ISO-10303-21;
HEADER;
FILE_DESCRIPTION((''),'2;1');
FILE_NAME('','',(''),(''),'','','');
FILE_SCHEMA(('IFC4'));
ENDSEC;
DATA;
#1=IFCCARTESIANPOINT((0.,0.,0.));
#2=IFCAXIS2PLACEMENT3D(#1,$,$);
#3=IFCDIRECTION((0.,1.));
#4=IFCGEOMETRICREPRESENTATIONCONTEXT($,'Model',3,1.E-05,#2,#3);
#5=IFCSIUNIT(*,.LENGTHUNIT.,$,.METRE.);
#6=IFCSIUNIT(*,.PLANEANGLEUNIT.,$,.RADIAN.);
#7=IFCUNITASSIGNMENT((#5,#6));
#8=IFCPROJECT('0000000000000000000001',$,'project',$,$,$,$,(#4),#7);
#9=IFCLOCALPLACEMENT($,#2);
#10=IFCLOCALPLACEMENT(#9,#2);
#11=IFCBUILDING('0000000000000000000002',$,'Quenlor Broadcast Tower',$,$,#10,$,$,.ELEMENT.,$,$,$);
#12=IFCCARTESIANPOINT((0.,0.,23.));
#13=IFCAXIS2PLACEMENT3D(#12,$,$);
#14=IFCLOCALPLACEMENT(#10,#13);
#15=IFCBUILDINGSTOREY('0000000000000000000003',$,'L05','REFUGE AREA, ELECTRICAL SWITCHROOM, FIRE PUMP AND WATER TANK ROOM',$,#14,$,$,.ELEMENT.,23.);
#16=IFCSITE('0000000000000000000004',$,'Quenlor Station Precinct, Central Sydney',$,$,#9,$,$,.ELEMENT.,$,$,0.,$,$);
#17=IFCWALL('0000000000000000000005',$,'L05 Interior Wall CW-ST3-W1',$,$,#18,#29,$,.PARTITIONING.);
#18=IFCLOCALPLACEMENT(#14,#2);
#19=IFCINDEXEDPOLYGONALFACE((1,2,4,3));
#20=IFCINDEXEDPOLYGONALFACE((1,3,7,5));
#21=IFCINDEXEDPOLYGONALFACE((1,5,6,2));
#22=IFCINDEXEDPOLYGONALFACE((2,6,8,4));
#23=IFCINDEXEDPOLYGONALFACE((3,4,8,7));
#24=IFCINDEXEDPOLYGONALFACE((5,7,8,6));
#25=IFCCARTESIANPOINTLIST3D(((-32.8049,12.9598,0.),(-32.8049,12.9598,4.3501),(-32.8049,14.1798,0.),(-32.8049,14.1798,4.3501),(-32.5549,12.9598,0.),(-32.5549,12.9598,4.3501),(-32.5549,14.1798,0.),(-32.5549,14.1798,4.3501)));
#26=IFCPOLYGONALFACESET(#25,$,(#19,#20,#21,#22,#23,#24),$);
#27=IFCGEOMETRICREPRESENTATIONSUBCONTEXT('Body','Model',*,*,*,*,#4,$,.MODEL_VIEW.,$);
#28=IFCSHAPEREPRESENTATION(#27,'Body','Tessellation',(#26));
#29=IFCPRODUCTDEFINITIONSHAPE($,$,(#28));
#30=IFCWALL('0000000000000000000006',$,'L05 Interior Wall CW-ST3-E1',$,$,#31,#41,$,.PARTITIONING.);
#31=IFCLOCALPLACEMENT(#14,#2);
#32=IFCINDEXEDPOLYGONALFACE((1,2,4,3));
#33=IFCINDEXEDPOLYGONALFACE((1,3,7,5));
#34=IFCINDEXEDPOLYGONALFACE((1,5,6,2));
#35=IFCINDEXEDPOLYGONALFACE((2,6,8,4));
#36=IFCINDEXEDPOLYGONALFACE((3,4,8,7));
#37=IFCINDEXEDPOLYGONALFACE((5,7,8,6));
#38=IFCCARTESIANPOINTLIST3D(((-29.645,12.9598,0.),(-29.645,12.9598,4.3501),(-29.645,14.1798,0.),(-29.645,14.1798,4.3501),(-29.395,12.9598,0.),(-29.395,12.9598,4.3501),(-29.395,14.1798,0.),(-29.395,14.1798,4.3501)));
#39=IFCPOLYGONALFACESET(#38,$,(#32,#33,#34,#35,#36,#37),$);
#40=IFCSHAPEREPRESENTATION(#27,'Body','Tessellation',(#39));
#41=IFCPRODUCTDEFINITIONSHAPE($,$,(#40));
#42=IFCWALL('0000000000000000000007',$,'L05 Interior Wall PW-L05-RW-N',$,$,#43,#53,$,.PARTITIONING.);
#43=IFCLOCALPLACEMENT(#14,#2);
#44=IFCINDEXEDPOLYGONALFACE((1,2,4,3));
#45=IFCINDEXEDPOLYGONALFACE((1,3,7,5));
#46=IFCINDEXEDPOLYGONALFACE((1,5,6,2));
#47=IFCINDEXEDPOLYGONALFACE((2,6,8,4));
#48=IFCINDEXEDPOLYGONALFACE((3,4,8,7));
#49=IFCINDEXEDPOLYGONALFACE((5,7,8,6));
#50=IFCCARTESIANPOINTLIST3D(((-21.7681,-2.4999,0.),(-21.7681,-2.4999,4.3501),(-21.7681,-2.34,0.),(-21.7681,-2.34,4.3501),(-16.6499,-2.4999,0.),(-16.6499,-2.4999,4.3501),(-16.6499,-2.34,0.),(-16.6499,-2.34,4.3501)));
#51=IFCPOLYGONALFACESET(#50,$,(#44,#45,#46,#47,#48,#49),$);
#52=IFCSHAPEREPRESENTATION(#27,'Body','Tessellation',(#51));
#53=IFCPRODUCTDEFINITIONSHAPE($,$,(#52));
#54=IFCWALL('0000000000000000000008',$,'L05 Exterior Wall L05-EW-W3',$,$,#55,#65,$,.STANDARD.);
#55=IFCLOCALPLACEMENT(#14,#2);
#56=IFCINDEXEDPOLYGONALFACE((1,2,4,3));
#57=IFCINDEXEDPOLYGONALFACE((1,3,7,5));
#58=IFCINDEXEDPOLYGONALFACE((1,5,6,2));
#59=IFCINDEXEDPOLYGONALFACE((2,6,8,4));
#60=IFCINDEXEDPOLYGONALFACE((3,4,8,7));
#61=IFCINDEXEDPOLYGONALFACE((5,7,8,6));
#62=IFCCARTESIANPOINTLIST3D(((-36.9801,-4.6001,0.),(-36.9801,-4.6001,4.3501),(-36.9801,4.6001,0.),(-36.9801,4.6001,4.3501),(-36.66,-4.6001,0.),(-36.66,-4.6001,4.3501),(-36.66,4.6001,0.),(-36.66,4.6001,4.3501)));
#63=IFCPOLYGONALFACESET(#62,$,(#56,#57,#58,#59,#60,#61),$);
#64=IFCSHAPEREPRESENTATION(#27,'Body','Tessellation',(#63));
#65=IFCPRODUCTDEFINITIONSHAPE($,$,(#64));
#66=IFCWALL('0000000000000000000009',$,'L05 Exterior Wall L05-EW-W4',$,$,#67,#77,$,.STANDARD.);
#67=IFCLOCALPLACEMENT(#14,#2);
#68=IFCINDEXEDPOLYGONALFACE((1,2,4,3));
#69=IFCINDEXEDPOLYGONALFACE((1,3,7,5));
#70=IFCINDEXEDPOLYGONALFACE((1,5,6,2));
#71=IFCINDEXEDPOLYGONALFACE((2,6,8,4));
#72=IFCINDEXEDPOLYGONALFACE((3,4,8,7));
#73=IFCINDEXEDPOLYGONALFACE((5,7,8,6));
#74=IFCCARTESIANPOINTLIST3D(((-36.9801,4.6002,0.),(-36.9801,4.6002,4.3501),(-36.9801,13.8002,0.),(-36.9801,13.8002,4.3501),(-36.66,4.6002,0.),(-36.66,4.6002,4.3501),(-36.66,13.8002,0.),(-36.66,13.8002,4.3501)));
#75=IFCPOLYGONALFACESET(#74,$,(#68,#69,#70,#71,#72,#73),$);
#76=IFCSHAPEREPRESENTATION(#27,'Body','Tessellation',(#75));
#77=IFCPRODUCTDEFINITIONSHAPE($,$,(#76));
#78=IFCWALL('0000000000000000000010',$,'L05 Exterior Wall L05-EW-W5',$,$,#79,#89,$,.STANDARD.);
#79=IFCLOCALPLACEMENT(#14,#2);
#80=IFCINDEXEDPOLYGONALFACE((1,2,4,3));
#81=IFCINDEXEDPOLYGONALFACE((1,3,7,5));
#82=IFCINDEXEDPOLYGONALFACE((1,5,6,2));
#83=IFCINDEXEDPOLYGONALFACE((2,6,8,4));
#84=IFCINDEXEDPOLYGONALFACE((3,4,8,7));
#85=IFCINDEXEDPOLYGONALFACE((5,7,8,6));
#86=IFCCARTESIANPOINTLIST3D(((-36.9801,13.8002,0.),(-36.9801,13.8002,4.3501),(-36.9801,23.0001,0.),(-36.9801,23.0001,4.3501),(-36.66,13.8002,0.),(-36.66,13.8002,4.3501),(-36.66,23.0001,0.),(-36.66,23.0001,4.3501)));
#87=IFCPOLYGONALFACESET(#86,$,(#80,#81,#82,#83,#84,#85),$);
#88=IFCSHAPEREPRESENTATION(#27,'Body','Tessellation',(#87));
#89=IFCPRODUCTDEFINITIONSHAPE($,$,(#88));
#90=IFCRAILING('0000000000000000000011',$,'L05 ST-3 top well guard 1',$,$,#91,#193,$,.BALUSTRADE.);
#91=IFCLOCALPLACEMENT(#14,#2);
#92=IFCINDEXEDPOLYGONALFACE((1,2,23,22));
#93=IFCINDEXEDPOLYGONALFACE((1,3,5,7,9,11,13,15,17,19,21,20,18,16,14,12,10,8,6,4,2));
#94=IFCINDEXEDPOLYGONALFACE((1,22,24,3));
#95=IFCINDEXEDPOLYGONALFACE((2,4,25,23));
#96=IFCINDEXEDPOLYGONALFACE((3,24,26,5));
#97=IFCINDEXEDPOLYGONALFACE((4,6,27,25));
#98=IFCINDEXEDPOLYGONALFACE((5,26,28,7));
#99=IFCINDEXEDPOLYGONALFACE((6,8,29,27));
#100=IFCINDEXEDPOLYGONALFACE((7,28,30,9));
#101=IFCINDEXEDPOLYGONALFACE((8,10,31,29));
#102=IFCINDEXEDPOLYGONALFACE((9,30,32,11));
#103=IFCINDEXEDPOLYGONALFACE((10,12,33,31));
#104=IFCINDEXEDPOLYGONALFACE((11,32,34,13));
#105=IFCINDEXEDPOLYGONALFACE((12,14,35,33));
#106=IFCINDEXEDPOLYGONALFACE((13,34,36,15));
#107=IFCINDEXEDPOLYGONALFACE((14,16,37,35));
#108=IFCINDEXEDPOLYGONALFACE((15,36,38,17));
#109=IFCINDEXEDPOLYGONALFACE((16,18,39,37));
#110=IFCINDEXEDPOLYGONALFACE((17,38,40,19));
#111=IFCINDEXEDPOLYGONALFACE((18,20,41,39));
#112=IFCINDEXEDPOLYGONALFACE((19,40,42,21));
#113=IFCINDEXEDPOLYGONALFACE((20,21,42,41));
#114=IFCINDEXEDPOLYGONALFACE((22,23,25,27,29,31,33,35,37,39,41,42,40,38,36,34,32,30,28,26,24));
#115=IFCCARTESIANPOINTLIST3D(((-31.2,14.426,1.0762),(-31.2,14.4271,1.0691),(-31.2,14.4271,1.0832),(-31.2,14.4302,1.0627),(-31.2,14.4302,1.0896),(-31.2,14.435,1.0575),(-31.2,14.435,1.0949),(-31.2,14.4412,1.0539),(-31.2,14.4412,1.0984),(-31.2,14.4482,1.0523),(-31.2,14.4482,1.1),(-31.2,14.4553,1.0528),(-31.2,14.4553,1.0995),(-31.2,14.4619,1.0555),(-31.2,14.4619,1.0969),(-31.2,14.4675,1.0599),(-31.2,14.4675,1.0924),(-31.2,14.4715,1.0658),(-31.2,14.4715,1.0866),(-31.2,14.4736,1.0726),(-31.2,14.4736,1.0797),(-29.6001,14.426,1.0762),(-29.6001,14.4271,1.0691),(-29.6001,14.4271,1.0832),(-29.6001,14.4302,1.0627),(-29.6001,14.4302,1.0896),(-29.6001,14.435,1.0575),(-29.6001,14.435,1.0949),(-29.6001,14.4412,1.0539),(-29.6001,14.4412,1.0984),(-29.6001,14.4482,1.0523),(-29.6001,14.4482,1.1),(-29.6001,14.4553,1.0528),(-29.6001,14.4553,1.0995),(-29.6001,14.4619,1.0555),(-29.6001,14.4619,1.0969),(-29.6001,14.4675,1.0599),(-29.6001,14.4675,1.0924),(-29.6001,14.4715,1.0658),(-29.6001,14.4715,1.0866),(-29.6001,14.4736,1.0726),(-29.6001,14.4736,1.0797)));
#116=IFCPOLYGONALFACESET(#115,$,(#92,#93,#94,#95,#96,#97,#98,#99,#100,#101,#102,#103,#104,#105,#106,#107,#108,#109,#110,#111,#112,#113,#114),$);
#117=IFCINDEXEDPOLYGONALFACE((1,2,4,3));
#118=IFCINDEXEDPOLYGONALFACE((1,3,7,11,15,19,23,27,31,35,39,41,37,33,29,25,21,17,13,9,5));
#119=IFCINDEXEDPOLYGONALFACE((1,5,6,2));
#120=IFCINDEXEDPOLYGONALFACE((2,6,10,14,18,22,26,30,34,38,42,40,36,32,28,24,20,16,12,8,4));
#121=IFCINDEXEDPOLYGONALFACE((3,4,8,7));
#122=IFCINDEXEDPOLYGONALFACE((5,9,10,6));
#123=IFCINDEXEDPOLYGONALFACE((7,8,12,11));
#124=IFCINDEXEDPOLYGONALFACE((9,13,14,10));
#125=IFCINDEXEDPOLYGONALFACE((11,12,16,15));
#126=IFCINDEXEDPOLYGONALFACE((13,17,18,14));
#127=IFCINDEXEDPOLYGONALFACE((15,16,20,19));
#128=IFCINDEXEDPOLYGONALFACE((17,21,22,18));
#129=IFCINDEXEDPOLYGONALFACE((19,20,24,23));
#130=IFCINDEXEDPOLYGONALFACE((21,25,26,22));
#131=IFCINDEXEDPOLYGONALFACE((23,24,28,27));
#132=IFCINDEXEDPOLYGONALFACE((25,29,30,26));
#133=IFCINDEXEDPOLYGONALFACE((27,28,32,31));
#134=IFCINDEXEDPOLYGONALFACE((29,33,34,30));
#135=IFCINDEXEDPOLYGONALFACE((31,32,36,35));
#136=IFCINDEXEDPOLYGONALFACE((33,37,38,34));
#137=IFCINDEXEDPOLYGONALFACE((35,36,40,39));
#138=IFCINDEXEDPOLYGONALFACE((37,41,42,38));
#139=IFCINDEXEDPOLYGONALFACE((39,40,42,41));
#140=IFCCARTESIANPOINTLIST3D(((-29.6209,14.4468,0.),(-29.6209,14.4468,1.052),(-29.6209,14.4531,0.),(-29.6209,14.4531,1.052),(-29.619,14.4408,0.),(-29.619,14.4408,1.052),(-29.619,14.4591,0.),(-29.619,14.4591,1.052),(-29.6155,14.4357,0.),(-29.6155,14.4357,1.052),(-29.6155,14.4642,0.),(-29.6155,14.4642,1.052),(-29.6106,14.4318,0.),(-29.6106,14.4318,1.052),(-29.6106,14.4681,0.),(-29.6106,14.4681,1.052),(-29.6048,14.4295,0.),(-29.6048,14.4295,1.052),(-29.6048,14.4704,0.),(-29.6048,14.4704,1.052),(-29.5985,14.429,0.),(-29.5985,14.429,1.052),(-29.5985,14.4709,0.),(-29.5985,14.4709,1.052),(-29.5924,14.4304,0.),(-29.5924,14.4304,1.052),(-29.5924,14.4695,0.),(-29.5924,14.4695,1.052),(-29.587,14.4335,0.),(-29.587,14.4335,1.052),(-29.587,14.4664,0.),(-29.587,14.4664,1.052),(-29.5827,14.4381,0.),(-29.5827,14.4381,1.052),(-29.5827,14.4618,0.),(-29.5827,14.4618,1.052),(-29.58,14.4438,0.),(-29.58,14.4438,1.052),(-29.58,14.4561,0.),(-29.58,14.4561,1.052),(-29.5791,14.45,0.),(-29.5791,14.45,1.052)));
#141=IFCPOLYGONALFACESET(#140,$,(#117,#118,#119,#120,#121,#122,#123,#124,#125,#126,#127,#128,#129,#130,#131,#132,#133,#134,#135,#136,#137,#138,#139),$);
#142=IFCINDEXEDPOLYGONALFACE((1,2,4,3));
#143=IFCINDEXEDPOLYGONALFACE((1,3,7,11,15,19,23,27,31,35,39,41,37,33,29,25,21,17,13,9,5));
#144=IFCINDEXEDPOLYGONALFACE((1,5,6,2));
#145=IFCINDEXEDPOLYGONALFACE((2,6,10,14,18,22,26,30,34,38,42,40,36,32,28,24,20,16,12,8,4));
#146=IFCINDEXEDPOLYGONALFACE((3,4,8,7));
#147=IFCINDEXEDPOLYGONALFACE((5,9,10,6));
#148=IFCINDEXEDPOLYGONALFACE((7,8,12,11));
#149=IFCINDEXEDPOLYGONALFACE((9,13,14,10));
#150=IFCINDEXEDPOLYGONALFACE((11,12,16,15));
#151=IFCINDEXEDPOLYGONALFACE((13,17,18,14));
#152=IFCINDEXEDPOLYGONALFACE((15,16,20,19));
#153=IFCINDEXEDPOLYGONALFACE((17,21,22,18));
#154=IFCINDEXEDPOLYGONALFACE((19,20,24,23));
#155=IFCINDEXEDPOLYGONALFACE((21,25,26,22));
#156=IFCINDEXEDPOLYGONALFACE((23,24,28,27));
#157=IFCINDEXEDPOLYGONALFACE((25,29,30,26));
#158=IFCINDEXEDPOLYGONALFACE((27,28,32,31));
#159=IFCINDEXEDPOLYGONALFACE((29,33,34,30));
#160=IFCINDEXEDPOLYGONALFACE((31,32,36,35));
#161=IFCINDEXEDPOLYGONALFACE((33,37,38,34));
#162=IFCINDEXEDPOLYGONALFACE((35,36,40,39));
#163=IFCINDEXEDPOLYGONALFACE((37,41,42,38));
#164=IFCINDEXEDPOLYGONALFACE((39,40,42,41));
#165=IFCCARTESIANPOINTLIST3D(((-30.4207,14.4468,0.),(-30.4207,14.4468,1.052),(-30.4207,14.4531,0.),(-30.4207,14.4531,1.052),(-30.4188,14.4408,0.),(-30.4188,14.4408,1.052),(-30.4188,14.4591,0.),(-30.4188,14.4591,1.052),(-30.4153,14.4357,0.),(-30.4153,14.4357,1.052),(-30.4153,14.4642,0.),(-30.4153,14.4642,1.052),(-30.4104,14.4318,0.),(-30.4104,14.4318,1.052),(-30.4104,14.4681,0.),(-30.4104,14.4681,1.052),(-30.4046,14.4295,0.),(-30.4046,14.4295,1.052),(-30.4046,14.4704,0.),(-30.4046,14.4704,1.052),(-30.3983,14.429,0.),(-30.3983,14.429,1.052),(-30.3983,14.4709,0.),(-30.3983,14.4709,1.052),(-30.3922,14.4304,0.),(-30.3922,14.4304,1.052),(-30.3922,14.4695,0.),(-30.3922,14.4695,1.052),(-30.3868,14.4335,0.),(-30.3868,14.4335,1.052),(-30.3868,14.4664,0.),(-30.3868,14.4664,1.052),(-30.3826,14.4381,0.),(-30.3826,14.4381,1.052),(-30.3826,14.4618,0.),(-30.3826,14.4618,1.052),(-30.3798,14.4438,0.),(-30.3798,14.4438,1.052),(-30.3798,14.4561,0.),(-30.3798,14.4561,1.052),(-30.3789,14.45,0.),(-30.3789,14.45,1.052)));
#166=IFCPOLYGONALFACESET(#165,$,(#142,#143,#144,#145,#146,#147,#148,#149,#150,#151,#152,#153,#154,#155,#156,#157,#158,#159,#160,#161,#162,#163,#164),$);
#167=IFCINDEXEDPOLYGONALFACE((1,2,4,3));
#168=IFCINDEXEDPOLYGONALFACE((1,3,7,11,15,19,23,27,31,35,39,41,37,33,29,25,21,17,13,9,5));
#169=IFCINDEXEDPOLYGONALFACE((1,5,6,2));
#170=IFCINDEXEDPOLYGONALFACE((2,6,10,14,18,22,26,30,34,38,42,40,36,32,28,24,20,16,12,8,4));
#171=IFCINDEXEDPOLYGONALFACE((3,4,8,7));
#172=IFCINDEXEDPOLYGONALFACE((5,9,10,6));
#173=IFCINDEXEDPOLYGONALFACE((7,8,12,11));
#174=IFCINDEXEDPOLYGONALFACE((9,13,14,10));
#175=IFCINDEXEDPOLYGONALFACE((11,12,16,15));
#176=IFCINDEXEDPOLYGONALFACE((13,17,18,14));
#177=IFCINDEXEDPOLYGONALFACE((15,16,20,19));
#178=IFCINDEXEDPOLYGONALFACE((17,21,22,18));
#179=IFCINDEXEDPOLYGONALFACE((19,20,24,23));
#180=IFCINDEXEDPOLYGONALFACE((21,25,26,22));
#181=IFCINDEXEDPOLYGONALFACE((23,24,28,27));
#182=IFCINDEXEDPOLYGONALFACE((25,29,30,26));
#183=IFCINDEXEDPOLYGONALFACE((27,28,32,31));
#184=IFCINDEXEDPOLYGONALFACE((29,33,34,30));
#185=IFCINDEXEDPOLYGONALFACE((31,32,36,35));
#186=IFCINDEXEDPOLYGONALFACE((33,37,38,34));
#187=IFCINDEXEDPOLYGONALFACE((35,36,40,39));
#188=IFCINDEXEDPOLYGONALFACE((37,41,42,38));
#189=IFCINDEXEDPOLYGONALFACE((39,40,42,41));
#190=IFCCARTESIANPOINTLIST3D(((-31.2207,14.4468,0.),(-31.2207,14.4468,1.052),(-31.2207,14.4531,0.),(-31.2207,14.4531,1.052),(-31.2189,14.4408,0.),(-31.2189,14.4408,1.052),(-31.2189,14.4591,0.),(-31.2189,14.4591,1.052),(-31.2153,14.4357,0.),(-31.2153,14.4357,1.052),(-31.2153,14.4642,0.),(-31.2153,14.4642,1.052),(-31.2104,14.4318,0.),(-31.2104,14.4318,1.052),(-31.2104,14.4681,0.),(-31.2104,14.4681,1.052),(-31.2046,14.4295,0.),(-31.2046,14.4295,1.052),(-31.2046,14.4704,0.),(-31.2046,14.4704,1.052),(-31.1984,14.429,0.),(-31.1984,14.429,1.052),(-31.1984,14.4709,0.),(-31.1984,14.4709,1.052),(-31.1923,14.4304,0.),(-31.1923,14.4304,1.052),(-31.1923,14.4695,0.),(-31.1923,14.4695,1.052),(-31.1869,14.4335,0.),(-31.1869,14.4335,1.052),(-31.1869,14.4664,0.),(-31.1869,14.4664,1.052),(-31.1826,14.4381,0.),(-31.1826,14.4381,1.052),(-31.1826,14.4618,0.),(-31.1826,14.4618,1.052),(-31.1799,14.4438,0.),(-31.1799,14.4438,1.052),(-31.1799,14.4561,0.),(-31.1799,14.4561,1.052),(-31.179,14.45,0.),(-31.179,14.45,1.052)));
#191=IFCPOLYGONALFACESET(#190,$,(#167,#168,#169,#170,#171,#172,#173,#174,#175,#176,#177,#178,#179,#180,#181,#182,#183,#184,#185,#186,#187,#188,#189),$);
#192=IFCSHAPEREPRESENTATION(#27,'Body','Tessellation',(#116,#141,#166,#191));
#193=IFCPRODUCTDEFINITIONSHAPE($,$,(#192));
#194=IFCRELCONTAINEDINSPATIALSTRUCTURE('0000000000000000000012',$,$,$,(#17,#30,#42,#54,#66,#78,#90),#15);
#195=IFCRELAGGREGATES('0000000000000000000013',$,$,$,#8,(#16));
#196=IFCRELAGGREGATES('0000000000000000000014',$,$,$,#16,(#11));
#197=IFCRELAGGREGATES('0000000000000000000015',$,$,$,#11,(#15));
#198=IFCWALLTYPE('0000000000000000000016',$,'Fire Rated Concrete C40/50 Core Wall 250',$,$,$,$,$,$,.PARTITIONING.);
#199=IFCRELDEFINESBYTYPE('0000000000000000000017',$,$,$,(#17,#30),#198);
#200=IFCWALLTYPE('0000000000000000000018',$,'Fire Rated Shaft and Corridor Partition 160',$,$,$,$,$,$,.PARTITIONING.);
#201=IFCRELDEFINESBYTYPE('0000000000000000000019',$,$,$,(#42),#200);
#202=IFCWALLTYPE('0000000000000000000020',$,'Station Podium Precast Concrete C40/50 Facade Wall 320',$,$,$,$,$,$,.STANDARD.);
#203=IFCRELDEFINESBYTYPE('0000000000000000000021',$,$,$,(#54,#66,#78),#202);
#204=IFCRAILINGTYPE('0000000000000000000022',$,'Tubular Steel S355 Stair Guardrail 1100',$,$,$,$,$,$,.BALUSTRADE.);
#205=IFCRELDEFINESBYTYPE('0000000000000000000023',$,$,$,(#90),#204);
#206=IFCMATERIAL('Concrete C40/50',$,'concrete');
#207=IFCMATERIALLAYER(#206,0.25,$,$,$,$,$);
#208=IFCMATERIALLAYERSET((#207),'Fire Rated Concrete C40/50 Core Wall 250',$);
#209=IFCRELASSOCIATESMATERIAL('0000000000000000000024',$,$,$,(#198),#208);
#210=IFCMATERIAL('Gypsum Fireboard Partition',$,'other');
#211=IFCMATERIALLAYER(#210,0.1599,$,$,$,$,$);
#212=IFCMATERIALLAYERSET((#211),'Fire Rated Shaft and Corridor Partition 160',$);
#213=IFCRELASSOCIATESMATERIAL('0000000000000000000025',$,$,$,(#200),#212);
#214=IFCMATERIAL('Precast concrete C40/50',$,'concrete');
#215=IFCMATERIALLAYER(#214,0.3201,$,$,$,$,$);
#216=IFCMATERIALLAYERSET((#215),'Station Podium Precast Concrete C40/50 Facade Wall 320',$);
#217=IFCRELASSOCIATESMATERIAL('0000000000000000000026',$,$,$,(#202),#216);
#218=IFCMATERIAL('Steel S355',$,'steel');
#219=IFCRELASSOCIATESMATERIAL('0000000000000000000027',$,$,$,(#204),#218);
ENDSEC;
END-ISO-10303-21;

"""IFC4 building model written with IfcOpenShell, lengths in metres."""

from ifc_helpers import new_model, si_unit, direction, frame, frame_2d, origin, origin_2d, place, context, subcontext, project, spatial, rectangle, circle, extrude, material, layer, layer_set, type_object, element, save


model = new_model("IFC4")

# Units and contexts
model_context = context("Model", 3, precision=1e-05, world=origin(), true_north=direction((0.0, 1.0)))
body_context = subcontext(model_context, "Body", "Model", "MODEL_VIEW")
ifc_project = project(units=[si_unit("LENGTHUNIT", "METRE"), si_unit("PLANEANGLEUNIT", "RADIAN")], contexts=[model_context])

# Site, building, storey
site_placement = place(None, origin())
site = spatial("IfcSite", under=ifc_project, at=site_placement, Name="Quenlor Station Precinct, Central Sydney", CompositionType="ELEMENT", RefElevation=0.0)
building_placement = place(site_placement, origin())
building = spatial("IfcBuilding", under=site, at=building_placement, Name="Quenlor Broadcast Tower", CompositionType="ELEMENT")
storey_placement = place(building_placement, frame((0.0, 0.0, 23.0)))
storey = spatial("IfcBuildingStorey", under=building, at=storey_placement, Name="L05", Description="REFUGE AREA, ELECTRICAL SWITCHROOM, FIRE PUMP AND WATER TANK ROOM", CompositionType="ELEMENT", Elevation=23.0)

# Shared definitions
ifc_material_1 = material(Name="Concrete C40/50", Category="concrete")
ifc_layer_1 = layer(ifc_material_1, 0.25)
ifc_layer_set_1 = layer_set([ifc_layer_1], Name="Fire Rated Concrete C40/50 Core Wall 250")
wall_type_1 = type_object("IfcWallType", Name="Fire Rated Concrete C40/50 Core Wall 250", PredefinedType="PARTITIONING", material=ifc_layer_set_1)

# Walls
for number, where, z_axis, x_axis, name in (
    (1, (-32.6799, 12.96, 0.0), (0.0, 0.0, 1.0), (0.0, 1.0, 0.0), "L05 Interior Wall CW-ST3-W1"),
    (2, (-29.52, 12.96, 0.0), (0.0, 0.0, 1.0), (0.0, 1.0, 0.0), "L05 Interior Wall CW-ST3-E1"),
):
    element("IfcWall", number, at=place(storey_placement, frame(where, z_axis=z_axis, x_axis=x_axis)), inside=storey, type_object=wall_type_1, Name=name, PredefinedType="PARTITIONING", context=body_context, shape_type="SweptSolid", body=[
        extrude(rectangle(XDim=1.22, YDim=0.25, at=frame_2d((0.6099, 0.0))), origin(), (0.0, 0.0, 1.0), 4.3501),
    ])
ifc_material_2 = material(Name="Gypsum Fireboard Partition", Category="other")
ifc_layer_2 = layer(ifc_material_2, 0.1599)
ifc_layer_set_2 = layer_set([ifc_layer_2], Name="Fire Rated Shaft and Corridor Partition 160")
wall_type_2 = type_object("IfcWallType", Name="Fire Rated Shaft and Corridor Partition 160", PredefinedType="PARTITIONING", material=ifc_layer_set_2)
wall_1_placement = place(storey_placement, frame((-21.7681, -2.4199, 0.0), z_axis=(0.0, 0.0, 1.0), x_axis=(1.0, 0.0, 0.0)))
element("IfcWall", 3, at=wall_1_placement, inside=storey, type_object=wall_type_2, Name="L05 Interior Wall PW-L05-RW-N", PredefinedType="PARTITIONING", context=body_context, shape_type="SweptSolid", body=[
    extrude(rectangle(XDim=5.1182, YDim=0.1599, at=frame_2d((2.5591, 0.0))), origin(), (0.0, 0.0, 1.0), 4.3501),
])
ifc_material_3 = material(Name="Precast concrete C40/50", Category="concrete")
ifc_layer_3 = layer(ifc_material_3, 0.3201)
ifc_layer_set_3 = layer_set([ifc_layer_3], Name="Station Podium Precast Concrete C40/50 Facade Wall 320")
wall_type_3 = type_object("IfcWallType", Name="Station Podium Precast Concrete C40/50 Facade Wall 320", PredefinedType="STANDARD", material=ifc_layer_set_3)
wall_2_placement = place(storey_placement, frame((-36.8201, -4.6001, 0.0), z_axis=(0.0, 0.0, 1.0), x_axis=(0.0, 1.0, 0.0)))
element("IfcWall", 4, at=wall_2_placement, inside=storey, type_object=wall_type_3, Name="L05 Exterior Wall L05-EW-W3", PredefinedType="STANDARD", context=body_context, shape_type="SweptSolid", body=[
    extrude(rectangle(XDim=9.2002, YDim=0.3201, at=frame_2d((4.6001, 0.0))), origin(), (0.0, 0.0, 1.0), 4.3501),
])
for number, where, z_axis, x_axis, name in (
    (5, (-36.8201, 4.6001, 0.0), (0.0, 0.0, 1.0), (0.0, 1.0, 0.0), "L05 Exterior Wall L05-EW-W4"),
    (6, (-36.8201, 13.8, 0.0), (0.0, 0.0, 1.0), (0.0, 1.0, 0.0), "L05 Exterior Wall L05-EW-W5"),
):
    element("IfcWall", number, at=place(storey_placement, frame(where, z_axis=z_axis, x_axis=x_axis)), inside=storey, type_object=wall_type_3, Name=name, PredefinedType="STANDARD", context=body_context, shape_type="SweptSolid", body=[
        extrude(rectangle(XDim=9.2, YDim=0.3201, at=frame_2d((4.6001, 0.0))), origin(), (0.0, 0.0, 1.0), 4.3501),
    ])

# Railing
ifc_material_4 = material(Name="Steel S355", Category="steel")
railing_type = type_object("IfcRailingType", Name="Tubular Steel S355 Stair Guardrail 1100", PredefinedType="BALUSTRADE", material=ifc_material_4)
railing_placement = place(storey_placement, frame((-29.6001, 14.45, 0.0)))
element("IfcRailing", 7, at=railing_placement, inside=storey, type_object=railing_type, Name="L05 ST-3 top well guard 1", PredefinedType="BALUSTRADE", context=body_context, shape_type="SweptSolid", body=[
    extrude(circle(Radius=0.0239, at=origin_2d()), frame((0.0, 0.0, 1.0762), z_axis=(-1.0, 0.0, 0.0), x_axis=(0.0, -1.0, 0.0)), (0.0, 0.0, 1.0), 1.5999),
    extrude(circle(Radius=0.021, at=origin_2d()), origin(), (0.0, 0.0, 1.0), 1.052),
    extrude(circle(Radius=0.021, at=origin_2d()), frame((-0.7998, 0.0, 0.0)), (0.0, 0.0, 1.0), 1.052),
    extrude(circle(Radius=0.021, at=origin_2d()), frame((-1.5999, 0.0, 0.0)), (0.0, 0.0, 1.0), 1.052),
])

save(model, "model.ifc")
